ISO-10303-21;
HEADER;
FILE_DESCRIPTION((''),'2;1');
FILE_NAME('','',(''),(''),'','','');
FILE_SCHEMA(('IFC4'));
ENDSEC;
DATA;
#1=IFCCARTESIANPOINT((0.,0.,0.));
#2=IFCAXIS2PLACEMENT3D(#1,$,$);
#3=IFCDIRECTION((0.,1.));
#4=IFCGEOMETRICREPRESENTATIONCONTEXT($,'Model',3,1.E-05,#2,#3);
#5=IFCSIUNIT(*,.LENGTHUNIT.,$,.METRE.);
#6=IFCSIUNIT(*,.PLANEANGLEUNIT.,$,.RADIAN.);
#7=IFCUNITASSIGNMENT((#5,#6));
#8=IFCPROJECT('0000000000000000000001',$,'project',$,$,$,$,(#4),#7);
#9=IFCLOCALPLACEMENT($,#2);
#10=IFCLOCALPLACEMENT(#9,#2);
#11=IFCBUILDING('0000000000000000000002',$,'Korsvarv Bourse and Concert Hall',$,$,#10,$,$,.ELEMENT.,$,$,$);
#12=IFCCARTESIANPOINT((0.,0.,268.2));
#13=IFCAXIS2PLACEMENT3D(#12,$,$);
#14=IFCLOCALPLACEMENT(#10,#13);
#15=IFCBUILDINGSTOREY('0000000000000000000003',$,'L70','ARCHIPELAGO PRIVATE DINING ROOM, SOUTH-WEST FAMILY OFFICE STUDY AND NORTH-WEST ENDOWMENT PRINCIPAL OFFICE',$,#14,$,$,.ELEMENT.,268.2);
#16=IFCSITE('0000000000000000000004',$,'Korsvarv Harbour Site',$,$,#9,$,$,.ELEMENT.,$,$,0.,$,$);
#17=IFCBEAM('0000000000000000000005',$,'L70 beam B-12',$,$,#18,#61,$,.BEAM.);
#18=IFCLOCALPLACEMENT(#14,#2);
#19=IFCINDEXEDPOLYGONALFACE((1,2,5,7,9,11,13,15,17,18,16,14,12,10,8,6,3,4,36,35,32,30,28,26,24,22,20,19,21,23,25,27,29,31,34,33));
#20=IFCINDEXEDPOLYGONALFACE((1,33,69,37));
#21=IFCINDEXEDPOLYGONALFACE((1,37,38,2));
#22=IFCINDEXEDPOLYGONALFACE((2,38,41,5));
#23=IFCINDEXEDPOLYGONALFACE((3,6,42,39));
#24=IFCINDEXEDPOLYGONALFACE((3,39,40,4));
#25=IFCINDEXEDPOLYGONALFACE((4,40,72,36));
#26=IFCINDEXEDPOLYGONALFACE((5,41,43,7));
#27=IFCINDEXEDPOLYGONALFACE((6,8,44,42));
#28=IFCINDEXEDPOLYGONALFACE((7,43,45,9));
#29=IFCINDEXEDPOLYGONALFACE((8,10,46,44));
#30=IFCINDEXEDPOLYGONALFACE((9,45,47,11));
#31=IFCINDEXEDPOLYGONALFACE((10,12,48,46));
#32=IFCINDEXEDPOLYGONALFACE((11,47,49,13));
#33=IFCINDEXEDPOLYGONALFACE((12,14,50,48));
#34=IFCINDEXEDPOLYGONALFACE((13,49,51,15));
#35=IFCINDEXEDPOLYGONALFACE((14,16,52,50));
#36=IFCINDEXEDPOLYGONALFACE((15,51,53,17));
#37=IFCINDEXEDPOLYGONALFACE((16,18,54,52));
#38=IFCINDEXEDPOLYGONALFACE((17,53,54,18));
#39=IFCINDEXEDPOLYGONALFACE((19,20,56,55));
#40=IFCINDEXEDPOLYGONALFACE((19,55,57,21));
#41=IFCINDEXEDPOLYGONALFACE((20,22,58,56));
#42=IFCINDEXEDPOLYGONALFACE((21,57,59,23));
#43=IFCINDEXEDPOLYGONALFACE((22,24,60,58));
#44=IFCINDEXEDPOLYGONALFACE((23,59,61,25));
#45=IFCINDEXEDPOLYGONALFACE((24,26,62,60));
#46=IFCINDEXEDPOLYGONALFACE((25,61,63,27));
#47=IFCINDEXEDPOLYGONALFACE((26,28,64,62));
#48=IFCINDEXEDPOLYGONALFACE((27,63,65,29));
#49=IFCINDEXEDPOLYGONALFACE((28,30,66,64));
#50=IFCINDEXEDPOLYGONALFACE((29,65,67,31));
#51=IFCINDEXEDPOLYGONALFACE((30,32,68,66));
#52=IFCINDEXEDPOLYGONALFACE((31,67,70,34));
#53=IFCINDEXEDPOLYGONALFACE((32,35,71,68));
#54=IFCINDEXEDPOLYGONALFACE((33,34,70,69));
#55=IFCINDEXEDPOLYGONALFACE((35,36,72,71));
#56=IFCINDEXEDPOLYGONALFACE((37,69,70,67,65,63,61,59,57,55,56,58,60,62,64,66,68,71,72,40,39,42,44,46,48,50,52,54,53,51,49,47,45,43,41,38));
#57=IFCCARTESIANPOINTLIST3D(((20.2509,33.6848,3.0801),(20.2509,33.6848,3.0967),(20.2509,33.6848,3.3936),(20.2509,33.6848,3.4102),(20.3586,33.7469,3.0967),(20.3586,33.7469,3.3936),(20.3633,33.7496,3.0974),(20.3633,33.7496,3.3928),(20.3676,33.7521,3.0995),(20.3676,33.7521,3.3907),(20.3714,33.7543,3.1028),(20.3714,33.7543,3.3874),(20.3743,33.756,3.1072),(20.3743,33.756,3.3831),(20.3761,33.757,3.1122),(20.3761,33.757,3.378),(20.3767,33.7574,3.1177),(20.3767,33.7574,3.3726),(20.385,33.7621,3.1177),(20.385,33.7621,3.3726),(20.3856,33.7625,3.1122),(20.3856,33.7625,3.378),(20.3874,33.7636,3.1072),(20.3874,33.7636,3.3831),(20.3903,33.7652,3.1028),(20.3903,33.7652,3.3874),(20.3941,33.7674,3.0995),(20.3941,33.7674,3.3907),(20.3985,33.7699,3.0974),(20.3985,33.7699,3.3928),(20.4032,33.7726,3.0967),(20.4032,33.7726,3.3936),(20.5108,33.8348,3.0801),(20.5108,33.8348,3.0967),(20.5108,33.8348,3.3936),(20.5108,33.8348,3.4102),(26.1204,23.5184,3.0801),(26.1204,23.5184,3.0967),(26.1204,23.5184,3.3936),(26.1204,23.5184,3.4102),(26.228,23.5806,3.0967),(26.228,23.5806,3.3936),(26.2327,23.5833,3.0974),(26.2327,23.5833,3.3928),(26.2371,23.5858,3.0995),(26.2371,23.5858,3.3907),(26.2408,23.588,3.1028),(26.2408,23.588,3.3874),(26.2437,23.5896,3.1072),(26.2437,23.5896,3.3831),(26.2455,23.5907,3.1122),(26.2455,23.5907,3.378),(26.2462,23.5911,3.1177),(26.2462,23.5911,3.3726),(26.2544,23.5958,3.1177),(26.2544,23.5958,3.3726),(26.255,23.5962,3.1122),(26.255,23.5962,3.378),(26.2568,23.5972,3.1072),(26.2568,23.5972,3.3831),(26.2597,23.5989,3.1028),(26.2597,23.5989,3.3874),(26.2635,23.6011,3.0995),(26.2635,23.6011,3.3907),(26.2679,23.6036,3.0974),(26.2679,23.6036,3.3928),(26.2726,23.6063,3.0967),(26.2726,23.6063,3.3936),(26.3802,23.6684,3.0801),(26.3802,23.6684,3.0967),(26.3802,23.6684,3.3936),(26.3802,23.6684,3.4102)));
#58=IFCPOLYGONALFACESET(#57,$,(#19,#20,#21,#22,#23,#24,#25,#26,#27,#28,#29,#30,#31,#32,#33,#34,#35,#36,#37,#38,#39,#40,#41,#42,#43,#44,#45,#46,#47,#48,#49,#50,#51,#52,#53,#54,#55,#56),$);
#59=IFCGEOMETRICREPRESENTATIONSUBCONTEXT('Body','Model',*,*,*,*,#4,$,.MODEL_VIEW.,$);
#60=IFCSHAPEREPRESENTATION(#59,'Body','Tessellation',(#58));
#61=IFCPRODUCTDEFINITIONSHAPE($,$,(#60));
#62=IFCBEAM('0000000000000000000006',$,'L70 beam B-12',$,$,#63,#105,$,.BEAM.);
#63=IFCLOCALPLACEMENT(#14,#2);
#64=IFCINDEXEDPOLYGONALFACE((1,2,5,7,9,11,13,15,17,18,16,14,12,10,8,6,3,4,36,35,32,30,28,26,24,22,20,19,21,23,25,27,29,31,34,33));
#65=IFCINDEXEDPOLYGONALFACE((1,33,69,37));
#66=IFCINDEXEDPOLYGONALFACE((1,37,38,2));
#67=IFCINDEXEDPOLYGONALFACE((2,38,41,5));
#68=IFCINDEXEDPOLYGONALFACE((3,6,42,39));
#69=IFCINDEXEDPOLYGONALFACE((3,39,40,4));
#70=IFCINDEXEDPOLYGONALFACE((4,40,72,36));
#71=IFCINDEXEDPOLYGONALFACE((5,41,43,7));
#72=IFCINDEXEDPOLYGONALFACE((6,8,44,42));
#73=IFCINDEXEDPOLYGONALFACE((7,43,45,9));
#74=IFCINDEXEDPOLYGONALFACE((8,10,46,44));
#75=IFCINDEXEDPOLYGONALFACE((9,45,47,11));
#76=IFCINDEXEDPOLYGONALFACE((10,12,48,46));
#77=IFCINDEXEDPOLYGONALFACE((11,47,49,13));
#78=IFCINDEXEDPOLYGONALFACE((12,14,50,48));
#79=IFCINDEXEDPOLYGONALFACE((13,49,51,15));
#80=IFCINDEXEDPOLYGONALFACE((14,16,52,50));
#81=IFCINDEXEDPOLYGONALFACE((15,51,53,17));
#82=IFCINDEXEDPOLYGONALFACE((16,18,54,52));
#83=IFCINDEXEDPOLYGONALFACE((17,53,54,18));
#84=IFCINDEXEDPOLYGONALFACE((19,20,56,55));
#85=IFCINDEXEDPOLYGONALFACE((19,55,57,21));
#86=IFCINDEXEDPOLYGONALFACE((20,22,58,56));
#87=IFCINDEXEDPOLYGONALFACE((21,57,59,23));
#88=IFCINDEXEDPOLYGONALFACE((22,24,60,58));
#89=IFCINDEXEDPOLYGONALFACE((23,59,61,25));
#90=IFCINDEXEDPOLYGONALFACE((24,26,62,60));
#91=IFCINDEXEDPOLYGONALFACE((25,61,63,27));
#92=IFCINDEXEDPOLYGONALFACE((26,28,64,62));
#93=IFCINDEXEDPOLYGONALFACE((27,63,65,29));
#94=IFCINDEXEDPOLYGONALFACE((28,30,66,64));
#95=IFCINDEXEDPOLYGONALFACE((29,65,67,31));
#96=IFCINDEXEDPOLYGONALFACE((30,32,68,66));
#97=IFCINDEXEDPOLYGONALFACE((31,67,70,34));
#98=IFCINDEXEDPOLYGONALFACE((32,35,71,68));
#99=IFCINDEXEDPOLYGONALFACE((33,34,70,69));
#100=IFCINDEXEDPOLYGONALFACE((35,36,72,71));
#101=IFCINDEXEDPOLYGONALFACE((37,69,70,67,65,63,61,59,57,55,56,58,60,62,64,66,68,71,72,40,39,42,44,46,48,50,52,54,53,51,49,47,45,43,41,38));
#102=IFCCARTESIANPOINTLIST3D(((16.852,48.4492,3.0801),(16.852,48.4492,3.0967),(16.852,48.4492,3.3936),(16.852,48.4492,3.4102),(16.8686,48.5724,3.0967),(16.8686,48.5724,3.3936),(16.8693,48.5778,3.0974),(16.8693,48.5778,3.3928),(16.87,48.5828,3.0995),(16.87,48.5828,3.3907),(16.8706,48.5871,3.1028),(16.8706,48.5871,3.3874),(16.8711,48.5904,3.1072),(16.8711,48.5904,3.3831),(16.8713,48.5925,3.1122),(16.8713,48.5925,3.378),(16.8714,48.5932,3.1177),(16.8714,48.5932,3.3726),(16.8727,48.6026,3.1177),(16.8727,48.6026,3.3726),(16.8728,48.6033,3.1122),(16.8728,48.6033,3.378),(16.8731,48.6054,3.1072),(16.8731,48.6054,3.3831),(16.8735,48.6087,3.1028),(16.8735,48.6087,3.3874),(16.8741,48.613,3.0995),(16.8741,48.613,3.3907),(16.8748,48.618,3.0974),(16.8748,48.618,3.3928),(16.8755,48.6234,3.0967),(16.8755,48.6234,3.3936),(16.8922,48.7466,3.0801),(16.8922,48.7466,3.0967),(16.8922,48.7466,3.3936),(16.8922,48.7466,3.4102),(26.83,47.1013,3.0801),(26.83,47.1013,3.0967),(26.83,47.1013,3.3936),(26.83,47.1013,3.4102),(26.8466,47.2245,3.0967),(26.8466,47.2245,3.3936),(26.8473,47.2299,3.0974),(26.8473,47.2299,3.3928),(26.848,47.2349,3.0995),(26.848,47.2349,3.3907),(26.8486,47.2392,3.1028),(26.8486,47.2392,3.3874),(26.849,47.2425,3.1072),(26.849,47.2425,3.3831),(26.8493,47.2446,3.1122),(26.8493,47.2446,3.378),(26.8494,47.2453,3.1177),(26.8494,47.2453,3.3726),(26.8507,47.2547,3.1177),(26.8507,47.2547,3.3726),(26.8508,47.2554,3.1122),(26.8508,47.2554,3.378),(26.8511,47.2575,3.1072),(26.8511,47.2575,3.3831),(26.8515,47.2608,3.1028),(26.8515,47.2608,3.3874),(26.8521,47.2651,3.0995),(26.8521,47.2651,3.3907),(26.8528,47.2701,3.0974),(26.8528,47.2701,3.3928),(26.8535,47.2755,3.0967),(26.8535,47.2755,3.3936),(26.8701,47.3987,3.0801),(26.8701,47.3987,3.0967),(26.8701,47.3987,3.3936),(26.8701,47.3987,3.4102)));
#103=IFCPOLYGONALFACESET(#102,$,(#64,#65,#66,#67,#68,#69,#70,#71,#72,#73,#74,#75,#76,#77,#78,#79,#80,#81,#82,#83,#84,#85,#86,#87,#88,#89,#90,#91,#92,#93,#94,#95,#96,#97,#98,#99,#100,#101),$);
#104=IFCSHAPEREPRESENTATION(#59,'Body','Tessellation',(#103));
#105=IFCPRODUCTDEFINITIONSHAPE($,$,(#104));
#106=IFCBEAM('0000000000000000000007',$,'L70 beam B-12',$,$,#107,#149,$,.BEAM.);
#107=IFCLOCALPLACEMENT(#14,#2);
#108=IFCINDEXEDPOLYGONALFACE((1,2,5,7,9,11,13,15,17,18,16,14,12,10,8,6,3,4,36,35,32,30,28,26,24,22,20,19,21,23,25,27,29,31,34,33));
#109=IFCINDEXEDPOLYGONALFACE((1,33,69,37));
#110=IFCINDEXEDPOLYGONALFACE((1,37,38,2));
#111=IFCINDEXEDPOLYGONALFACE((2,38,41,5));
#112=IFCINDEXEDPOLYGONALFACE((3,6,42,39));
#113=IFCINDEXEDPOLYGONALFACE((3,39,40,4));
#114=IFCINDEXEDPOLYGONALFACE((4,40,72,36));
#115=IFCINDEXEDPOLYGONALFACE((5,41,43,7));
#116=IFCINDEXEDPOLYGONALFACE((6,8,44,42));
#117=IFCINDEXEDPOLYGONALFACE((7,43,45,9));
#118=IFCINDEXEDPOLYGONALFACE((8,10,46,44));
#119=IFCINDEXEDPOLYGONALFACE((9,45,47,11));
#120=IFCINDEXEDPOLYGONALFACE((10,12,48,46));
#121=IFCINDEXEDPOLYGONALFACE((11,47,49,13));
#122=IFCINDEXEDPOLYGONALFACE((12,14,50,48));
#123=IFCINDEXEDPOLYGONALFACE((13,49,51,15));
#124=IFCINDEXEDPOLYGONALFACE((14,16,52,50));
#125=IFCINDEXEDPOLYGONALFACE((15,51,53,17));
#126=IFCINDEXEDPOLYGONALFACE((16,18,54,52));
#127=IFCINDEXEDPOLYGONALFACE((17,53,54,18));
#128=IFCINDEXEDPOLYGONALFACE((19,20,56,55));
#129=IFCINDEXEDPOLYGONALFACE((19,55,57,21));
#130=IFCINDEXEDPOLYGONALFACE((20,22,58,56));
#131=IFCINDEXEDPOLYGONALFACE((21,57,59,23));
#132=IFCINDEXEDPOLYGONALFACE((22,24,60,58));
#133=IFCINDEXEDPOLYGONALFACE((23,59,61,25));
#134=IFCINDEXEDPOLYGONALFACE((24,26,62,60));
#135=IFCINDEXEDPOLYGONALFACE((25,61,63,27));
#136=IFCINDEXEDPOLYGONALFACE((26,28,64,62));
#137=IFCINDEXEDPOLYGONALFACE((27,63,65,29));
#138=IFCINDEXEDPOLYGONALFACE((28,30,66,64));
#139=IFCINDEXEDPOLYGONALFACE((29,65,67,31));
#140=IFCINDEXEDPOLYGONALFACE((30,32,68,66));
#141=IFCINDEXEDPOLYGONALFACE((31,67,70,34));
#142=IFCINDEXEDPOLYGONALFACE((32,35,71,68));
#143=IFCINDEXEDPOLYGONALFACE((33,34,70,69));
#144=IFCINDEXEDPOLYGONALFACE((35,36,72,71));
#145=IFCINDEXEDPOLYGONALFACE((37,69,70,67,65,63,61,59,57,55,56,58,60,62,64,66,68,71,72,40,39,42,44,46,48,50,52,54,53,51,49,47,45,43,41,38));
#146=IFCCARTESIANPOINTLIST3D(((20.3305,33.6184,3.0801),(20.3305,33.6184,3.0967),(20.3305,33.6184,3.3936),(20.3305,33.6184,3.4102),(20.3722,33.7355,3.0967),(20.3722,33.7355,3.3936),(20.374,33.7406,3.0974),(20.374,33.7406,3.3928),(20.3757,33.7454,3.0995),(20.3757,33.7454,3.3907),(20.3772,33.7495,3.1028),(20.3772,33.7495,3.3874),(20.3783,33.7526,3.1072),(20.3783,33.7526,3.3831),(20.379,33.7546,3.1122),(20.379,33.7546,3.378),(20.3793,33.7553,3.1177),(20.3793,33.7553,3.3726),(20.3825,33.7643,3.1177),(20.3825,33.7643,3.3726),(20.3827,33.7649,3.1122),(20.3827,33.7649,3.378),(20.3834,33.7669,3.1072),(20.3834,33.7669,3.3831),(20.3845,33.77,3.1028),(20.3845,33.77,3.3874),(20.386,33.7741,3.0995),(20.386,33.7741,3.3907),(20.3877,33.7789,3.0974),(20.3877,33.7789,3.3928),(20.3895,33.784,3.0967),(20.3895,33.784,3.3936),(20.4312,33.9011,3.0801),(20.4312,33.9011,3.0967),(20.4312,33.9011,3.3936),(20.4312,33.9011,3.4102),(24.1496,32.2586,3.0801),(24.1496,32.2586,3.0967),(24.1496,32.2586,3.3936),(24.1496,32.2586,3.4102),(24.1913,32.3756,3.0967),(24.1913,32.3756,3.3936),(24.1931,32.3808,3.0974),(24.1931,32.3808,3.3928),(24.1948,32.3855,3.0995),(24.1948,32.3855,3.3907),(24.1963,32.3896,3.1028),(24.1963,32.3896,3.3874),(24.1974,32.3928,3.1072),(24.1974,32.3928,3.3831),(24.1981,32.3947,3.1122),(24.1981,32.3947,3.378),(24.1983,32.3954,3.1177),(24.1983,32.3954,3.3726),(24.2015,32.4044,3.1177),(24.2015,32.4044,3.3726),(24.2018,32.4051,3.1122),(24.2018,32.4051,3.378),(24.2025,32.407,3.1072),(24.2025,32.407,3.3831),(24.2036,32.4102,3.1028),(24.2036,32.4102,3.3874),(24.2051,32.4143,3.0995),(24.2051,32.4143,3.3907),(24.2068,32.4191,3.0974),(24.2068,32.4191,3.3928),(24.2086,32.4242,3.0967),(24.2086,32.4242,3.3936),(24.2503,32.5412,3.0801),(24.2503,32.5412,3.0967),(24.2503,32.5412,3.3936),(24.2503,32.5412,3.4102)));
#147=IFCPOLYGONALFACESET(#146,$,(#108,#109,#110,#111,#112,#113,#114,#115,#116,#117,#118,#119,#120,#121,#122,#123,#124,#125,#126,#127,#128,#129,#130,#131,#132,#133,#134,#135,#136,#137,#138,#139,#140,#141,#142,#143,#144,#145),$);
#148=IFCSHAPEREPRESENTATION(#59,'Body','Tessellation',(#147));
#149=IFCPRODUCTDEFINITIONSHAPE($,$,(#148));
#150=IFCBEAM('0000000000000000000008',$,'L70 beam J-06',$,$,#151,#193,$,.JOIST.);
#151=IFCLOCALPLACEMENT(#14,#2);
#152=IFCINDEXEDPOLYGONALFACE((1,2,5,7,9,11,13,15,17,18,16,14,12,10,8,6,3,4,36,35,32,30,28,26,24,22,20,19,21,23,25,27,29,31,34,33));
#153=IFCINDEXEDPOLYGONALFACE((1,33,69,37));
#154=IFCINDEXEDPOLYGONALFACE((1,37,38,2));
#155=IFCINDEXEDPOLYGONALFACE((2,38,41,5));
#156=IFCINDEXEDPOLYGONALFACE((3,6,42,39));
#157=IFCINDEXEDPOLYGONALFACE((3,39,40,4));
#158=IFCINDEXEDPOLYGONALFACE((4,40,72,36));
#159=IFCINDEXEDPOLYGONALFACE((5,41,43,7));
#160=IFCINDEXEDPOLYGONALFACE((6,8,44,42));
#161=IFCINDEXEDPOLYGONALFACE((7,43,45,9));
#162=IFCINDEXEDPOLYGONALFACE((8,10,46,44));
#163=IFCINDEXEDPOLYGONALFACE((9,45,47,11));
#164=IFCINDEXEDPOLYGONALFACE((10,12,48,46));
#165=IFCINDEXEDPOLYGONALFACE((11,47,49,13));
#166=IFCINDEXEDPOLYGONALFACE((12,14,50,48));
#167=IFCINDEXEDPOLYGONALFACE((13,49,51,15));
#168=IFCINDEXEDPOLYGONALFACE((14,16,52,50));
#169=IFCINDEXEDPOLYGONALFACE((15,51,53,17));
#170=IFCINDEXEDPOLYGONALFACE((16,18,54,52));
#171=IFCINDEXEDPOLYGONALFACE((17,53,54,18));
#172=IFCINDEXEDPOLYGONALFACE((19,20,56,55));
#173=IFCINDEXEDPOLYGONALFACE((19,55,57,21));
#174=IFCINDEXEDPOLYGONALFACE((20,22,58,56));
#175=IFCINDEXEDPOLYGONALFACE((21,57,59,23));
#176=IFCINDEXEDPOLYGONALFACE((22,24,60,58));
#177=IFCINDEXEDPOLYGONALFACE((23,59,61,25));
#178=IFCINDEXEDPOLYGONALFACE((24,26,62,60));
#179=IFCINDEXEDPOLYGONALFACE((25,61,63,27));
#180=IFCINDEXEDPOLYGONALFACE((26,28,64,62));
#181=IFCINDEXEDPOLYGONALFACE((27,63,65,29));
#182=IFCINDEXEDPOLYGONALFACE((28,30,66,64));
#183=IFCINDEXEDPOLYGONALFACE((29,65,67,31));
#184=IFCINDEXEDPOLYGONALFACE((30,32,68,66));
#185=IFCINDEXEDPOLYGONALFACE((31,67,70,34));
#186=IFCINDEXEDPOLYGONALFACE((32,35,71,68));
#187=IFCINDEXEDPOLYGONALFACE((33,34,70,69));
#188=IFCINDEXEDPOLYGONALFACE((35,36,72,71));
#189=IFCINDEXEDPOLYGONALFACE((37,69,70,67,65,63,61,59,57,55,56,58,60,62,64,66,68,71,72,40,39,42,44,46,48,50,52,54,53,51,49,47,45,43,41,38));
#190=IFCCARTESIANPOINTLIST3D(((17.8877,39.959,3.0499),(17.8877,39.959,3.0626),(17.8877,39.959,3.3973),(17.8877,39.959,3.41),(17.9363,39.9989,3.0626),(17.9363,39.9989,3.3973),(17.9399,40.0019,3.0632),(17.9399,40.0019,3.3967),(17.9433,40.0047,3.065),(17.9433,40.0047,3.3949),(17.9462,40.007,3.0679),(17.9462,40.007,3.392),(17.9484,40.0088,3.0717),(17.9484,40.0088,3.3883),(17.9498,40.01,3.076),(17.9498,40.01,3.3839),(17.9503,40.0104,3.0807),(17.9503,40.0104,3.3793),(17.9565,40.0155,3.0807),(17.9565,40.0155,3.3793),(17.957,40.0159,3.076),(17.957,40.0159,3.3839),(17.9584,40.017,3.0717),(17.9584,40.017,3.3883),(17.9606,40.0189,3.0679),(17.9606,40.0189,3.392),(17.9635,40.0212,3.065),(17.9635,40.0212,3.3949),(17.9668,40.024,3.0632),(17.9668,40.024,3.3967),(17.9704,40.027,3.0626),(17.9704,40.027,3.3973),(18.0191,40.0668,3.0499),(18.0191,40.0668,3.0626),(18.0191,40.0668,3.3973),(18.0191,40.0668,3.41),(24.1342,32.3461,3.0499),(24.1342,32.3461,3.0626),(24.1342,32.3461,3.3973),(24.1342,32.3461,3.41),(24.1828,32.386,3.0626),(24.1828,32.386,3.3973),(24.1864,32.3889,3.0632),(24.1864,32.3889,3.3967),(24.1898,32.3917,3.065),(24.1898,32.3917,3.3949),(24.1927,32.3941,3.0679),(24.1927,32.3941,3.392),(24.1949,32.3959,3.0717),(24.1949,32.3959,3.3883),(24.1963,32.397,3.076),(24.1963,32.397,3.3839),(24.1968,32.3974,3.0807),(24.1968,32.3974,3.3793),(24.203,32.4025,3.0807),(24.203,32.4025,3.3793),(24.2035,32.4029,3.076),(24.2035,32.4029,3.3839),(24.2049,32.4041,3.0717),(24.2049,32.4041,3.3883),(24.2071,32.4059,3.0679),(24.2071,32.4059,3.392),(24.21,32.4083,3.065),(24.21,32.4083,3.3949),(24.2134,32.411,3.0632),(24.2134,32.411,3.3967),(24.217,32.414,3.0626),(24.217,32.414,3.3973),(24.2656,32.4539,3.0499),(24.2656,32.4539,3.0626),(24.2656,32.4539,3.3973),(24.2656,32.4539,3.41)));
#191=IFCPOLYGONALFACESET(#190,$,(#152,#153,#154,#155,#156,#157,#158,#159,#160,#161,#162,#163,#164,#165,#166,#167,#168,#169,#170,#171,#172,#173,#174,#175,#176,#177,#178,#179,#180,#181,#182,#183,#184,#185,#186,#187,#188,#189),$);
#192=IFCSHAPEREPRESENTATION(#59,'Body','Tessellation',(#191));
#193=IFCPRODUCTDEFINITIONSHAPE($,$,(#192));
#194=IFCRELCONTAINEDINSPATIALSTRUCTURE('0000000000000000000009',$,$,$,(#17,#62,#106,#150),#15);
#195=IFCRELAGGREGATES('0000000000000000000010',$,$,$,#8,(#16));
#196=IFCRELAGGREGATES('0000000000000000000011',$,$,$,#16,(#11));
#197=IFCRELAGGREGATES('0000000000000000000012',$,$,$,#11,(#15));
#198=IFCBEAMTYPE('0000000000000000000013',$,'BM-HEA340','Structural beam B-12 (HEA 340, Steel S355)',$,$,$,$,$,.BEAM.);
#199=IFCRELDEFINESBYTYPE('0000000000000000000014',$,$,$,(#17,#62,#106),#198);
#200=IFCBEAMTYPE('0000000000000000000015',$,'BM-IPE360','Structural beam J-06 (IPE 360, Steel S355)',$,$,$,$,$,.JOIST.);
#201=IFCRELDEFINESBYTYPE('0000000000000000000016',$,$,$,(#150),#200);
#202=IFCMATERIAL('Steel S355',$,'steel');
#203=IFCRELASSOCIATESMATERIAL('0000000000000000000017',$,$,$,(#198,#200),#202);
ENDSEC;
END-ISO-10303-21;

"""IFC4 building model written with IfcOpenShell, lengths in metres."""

from ifc_helpers import new_model, si_unit, direction, frame, origin, origin_2d, place, context, subcontext, project, spatial, i_section, extrude, source, transform, mapped, material, material_profile, profile_set, type_object, element, save


model = new_model("IFC4")

# Units and contexts
model_context = context("Model", 3, precision=1e-05, world=origin(), true_north=direction((0.0, 1.0)))
body_context = subcontext(model_context, "Body", "Model", "MODEL_VIEW")
ifc_project = project(units=[si_unit("LENGTHUNIT", "METRE"), si_unit("PLANEANGLEUNIT", "RADIAN")], contexts=[model_context])

# Site, building, storey
site_placement = place(None, origin())
site = spatial("IfcSite", under=ifc_project, at=site_placement, Name="Korsvarv Harbour Site", CompositionType="ELEMENT", RefElevation=0.0)
building_placement = place(site_placement, origin())
building = spatial("IfcBuilding", under=site, at=building_placement, Name="Korsvarv Bourse and Concert Hall", CompositionType="ELEMENT")
storey_placement = place(building_placement, frame((0.0, 0.0, 268.2)))
storey = spatial("IfcBuildingStorey", under=building, at=storey_placement, Name="L70", Description="ARCHIPELAGO PRIVATE DINING ROOM, SOUTH-WEST FAMILY OFFICE STUDY AND NORTH-WEST ENDOWMENT PRINCIPAL OFFICE", CompositionType="ELEMENT", Elevation=268.2)

# Beams
ifc_material_1 = material(Name="Steel S355", Category="steel")
ifc_material_profile_1 = material_profile(ifc_material_1, i_section(OverallWidth=0.3, OverallDepth=0.3301, WebThickness=0.0095, FlangeThickness=0.0166, FilletRadius=0.021, at=origin_2d()), Name="HEA 340")
ifc_profile_set_1 = profile_set([ifc_material_profile_1], Name="Steel S355")
beam_type_1 = type_object("IfcBeamType", Name="BM-HEA340", Description="Structural beam B-12 (HEA 340, Steel S355)", PredefinedType="BEAM", material=ifc_profile_set_1)
shared_shape_1 = source(origin(), body_context, "Body", "SweptSolid", [
    extrude(i_section(OverallWidth=0.3, OverallDepth=0.3301, WebThickness=0.0095, FlangeThickness=0.0166, FilletRadius=0.021, at=origin_2d()), origin(), (0.0, 0.0, 1.0), 11.739),
])
beam_1_placement = place(storey_placement, frame((20.3809, 33.7598, 3.2451), z_axis=(0.499993, -0.866029, 0.0), x_axis=(0.866029, 0.499993, 0.0)))
element("IfcBeam", 1, at=beam_1_placement, inside=storey, type_object=beam_type_1, Name="L70 beam B-12", PredefinedType="BEAM", context=body_context, shape_type="MappedRepresentation", body=[
    mapped(shared_shape_1, transform((0.0, 0.0, 0.0), scale=1.0)),
])
shared_shape_2 = source(origin(), body_context, "Body", "SweptSolid", [
    extrude(i_section(OverallWidth=0.3, OverallDepth=0.3301, WebThickness=0.0095, FlangeThickness=0.0166, FilletRadius=0.021, at=origin_2d()), origin(), (0.0, 0.0, 1.0), 10.0686),
])
beam_2_placement = place(storey_placement, frame((16.8721, 48.5979, 3.2451), z_axis=(0.990999, -0.133871, 0.0), x_axis=(0.133871, 0.990999, 0.0)))
element("IfcBeam", 2, at=beam_2_placement, inside=storey, type_object=beam_type_1, Name="L70 beam B-12", PredefinedType="BEAM", context=body_context, shape_type="MappedRepresentation", body=[
    mapped(shared_shape_2, transform((0.0, 0.0, 0.0), scale=1.0)),
])
shared_shape_3 = source(origin(), body_context, "Body", "SweptSolid", [
    extrude(i_section(OverallWidth=0.3, OverallDepth=0.3301, WebThickness=0.0095, FlangeThickness=0.0166, FilletRadius=0.021, at=origin_2d()), origin(), (0.0, 0.0, 1.0), 4.054),
])
beam_3_placement = place(storey_placement, frame((20.3809, 33.7598, 3.2451), z_axis=(0.942062, -0.33544, 0.0), x_axis=(0.33544, 0.942062, 0.0)))
element("IfcBeam", 3, at=beam_3_placement, inside=storey, type_object=beam_type_1, Name="L70 beam B-12", PredefinedType="BEAM", context=body_context, shape_type="MappedRepresentation", body=[
    mapped(shared_shape_3, transform((0.0, 0.0, 0.0), scale=1.0)),
])
ifc_material_profile_2 = material_profile(ifc_material_1, i_section(OverallWidth=0.1699, OverallDepth=0.3601, WebThickness=0.0081, FlangeThickness=0.0127, FilletRadius=0.0181, at=origin_2d()), Name="IPE 360")
ifc_profile_set_2 = profile_set([ifc_material_profile_2], Name="Steel S355")
beam_type_2 = type_object("IfcBeamType", Name="BM-IPE360", Description="Structural beam J-06 (IPE 360, Steel S355)", PredefinedType="JOIST", material=ifc_profile_set_2)
shared_shape_4 = source(origin(), body_context, "Body", "SweptSolid", [
    extrude(i_section(OverallWidth=0.1699, OverallDepth=0.3601, WebThickness=0.0081, FlangeThickness=0.0127, FilletRadius=0.0181, at=origin_2d()), origin(), (0.0, 0.0, 1.0), 9.8477),
])
beam_4_placement = place(storey_placement, frame((17.9534, 40.0129, 3.23), z_axis=(0.634316, -0.773074, 0.0), x_axis=(0.773074, 0.634316, 0.0)))
element("IfcBeam", 4, at=beam_4_placement, inside=storey, type_object=beam_type_2, Name="L70 beam J-06", PredefinedType="JOIST", context=body_context, shape_type="MappedRepresentation", body=[
    mapped(shared_shape_4, transform((0.0, 0.0, 0.0), scale=1.0)),
])

save(model, "model.ifc")
